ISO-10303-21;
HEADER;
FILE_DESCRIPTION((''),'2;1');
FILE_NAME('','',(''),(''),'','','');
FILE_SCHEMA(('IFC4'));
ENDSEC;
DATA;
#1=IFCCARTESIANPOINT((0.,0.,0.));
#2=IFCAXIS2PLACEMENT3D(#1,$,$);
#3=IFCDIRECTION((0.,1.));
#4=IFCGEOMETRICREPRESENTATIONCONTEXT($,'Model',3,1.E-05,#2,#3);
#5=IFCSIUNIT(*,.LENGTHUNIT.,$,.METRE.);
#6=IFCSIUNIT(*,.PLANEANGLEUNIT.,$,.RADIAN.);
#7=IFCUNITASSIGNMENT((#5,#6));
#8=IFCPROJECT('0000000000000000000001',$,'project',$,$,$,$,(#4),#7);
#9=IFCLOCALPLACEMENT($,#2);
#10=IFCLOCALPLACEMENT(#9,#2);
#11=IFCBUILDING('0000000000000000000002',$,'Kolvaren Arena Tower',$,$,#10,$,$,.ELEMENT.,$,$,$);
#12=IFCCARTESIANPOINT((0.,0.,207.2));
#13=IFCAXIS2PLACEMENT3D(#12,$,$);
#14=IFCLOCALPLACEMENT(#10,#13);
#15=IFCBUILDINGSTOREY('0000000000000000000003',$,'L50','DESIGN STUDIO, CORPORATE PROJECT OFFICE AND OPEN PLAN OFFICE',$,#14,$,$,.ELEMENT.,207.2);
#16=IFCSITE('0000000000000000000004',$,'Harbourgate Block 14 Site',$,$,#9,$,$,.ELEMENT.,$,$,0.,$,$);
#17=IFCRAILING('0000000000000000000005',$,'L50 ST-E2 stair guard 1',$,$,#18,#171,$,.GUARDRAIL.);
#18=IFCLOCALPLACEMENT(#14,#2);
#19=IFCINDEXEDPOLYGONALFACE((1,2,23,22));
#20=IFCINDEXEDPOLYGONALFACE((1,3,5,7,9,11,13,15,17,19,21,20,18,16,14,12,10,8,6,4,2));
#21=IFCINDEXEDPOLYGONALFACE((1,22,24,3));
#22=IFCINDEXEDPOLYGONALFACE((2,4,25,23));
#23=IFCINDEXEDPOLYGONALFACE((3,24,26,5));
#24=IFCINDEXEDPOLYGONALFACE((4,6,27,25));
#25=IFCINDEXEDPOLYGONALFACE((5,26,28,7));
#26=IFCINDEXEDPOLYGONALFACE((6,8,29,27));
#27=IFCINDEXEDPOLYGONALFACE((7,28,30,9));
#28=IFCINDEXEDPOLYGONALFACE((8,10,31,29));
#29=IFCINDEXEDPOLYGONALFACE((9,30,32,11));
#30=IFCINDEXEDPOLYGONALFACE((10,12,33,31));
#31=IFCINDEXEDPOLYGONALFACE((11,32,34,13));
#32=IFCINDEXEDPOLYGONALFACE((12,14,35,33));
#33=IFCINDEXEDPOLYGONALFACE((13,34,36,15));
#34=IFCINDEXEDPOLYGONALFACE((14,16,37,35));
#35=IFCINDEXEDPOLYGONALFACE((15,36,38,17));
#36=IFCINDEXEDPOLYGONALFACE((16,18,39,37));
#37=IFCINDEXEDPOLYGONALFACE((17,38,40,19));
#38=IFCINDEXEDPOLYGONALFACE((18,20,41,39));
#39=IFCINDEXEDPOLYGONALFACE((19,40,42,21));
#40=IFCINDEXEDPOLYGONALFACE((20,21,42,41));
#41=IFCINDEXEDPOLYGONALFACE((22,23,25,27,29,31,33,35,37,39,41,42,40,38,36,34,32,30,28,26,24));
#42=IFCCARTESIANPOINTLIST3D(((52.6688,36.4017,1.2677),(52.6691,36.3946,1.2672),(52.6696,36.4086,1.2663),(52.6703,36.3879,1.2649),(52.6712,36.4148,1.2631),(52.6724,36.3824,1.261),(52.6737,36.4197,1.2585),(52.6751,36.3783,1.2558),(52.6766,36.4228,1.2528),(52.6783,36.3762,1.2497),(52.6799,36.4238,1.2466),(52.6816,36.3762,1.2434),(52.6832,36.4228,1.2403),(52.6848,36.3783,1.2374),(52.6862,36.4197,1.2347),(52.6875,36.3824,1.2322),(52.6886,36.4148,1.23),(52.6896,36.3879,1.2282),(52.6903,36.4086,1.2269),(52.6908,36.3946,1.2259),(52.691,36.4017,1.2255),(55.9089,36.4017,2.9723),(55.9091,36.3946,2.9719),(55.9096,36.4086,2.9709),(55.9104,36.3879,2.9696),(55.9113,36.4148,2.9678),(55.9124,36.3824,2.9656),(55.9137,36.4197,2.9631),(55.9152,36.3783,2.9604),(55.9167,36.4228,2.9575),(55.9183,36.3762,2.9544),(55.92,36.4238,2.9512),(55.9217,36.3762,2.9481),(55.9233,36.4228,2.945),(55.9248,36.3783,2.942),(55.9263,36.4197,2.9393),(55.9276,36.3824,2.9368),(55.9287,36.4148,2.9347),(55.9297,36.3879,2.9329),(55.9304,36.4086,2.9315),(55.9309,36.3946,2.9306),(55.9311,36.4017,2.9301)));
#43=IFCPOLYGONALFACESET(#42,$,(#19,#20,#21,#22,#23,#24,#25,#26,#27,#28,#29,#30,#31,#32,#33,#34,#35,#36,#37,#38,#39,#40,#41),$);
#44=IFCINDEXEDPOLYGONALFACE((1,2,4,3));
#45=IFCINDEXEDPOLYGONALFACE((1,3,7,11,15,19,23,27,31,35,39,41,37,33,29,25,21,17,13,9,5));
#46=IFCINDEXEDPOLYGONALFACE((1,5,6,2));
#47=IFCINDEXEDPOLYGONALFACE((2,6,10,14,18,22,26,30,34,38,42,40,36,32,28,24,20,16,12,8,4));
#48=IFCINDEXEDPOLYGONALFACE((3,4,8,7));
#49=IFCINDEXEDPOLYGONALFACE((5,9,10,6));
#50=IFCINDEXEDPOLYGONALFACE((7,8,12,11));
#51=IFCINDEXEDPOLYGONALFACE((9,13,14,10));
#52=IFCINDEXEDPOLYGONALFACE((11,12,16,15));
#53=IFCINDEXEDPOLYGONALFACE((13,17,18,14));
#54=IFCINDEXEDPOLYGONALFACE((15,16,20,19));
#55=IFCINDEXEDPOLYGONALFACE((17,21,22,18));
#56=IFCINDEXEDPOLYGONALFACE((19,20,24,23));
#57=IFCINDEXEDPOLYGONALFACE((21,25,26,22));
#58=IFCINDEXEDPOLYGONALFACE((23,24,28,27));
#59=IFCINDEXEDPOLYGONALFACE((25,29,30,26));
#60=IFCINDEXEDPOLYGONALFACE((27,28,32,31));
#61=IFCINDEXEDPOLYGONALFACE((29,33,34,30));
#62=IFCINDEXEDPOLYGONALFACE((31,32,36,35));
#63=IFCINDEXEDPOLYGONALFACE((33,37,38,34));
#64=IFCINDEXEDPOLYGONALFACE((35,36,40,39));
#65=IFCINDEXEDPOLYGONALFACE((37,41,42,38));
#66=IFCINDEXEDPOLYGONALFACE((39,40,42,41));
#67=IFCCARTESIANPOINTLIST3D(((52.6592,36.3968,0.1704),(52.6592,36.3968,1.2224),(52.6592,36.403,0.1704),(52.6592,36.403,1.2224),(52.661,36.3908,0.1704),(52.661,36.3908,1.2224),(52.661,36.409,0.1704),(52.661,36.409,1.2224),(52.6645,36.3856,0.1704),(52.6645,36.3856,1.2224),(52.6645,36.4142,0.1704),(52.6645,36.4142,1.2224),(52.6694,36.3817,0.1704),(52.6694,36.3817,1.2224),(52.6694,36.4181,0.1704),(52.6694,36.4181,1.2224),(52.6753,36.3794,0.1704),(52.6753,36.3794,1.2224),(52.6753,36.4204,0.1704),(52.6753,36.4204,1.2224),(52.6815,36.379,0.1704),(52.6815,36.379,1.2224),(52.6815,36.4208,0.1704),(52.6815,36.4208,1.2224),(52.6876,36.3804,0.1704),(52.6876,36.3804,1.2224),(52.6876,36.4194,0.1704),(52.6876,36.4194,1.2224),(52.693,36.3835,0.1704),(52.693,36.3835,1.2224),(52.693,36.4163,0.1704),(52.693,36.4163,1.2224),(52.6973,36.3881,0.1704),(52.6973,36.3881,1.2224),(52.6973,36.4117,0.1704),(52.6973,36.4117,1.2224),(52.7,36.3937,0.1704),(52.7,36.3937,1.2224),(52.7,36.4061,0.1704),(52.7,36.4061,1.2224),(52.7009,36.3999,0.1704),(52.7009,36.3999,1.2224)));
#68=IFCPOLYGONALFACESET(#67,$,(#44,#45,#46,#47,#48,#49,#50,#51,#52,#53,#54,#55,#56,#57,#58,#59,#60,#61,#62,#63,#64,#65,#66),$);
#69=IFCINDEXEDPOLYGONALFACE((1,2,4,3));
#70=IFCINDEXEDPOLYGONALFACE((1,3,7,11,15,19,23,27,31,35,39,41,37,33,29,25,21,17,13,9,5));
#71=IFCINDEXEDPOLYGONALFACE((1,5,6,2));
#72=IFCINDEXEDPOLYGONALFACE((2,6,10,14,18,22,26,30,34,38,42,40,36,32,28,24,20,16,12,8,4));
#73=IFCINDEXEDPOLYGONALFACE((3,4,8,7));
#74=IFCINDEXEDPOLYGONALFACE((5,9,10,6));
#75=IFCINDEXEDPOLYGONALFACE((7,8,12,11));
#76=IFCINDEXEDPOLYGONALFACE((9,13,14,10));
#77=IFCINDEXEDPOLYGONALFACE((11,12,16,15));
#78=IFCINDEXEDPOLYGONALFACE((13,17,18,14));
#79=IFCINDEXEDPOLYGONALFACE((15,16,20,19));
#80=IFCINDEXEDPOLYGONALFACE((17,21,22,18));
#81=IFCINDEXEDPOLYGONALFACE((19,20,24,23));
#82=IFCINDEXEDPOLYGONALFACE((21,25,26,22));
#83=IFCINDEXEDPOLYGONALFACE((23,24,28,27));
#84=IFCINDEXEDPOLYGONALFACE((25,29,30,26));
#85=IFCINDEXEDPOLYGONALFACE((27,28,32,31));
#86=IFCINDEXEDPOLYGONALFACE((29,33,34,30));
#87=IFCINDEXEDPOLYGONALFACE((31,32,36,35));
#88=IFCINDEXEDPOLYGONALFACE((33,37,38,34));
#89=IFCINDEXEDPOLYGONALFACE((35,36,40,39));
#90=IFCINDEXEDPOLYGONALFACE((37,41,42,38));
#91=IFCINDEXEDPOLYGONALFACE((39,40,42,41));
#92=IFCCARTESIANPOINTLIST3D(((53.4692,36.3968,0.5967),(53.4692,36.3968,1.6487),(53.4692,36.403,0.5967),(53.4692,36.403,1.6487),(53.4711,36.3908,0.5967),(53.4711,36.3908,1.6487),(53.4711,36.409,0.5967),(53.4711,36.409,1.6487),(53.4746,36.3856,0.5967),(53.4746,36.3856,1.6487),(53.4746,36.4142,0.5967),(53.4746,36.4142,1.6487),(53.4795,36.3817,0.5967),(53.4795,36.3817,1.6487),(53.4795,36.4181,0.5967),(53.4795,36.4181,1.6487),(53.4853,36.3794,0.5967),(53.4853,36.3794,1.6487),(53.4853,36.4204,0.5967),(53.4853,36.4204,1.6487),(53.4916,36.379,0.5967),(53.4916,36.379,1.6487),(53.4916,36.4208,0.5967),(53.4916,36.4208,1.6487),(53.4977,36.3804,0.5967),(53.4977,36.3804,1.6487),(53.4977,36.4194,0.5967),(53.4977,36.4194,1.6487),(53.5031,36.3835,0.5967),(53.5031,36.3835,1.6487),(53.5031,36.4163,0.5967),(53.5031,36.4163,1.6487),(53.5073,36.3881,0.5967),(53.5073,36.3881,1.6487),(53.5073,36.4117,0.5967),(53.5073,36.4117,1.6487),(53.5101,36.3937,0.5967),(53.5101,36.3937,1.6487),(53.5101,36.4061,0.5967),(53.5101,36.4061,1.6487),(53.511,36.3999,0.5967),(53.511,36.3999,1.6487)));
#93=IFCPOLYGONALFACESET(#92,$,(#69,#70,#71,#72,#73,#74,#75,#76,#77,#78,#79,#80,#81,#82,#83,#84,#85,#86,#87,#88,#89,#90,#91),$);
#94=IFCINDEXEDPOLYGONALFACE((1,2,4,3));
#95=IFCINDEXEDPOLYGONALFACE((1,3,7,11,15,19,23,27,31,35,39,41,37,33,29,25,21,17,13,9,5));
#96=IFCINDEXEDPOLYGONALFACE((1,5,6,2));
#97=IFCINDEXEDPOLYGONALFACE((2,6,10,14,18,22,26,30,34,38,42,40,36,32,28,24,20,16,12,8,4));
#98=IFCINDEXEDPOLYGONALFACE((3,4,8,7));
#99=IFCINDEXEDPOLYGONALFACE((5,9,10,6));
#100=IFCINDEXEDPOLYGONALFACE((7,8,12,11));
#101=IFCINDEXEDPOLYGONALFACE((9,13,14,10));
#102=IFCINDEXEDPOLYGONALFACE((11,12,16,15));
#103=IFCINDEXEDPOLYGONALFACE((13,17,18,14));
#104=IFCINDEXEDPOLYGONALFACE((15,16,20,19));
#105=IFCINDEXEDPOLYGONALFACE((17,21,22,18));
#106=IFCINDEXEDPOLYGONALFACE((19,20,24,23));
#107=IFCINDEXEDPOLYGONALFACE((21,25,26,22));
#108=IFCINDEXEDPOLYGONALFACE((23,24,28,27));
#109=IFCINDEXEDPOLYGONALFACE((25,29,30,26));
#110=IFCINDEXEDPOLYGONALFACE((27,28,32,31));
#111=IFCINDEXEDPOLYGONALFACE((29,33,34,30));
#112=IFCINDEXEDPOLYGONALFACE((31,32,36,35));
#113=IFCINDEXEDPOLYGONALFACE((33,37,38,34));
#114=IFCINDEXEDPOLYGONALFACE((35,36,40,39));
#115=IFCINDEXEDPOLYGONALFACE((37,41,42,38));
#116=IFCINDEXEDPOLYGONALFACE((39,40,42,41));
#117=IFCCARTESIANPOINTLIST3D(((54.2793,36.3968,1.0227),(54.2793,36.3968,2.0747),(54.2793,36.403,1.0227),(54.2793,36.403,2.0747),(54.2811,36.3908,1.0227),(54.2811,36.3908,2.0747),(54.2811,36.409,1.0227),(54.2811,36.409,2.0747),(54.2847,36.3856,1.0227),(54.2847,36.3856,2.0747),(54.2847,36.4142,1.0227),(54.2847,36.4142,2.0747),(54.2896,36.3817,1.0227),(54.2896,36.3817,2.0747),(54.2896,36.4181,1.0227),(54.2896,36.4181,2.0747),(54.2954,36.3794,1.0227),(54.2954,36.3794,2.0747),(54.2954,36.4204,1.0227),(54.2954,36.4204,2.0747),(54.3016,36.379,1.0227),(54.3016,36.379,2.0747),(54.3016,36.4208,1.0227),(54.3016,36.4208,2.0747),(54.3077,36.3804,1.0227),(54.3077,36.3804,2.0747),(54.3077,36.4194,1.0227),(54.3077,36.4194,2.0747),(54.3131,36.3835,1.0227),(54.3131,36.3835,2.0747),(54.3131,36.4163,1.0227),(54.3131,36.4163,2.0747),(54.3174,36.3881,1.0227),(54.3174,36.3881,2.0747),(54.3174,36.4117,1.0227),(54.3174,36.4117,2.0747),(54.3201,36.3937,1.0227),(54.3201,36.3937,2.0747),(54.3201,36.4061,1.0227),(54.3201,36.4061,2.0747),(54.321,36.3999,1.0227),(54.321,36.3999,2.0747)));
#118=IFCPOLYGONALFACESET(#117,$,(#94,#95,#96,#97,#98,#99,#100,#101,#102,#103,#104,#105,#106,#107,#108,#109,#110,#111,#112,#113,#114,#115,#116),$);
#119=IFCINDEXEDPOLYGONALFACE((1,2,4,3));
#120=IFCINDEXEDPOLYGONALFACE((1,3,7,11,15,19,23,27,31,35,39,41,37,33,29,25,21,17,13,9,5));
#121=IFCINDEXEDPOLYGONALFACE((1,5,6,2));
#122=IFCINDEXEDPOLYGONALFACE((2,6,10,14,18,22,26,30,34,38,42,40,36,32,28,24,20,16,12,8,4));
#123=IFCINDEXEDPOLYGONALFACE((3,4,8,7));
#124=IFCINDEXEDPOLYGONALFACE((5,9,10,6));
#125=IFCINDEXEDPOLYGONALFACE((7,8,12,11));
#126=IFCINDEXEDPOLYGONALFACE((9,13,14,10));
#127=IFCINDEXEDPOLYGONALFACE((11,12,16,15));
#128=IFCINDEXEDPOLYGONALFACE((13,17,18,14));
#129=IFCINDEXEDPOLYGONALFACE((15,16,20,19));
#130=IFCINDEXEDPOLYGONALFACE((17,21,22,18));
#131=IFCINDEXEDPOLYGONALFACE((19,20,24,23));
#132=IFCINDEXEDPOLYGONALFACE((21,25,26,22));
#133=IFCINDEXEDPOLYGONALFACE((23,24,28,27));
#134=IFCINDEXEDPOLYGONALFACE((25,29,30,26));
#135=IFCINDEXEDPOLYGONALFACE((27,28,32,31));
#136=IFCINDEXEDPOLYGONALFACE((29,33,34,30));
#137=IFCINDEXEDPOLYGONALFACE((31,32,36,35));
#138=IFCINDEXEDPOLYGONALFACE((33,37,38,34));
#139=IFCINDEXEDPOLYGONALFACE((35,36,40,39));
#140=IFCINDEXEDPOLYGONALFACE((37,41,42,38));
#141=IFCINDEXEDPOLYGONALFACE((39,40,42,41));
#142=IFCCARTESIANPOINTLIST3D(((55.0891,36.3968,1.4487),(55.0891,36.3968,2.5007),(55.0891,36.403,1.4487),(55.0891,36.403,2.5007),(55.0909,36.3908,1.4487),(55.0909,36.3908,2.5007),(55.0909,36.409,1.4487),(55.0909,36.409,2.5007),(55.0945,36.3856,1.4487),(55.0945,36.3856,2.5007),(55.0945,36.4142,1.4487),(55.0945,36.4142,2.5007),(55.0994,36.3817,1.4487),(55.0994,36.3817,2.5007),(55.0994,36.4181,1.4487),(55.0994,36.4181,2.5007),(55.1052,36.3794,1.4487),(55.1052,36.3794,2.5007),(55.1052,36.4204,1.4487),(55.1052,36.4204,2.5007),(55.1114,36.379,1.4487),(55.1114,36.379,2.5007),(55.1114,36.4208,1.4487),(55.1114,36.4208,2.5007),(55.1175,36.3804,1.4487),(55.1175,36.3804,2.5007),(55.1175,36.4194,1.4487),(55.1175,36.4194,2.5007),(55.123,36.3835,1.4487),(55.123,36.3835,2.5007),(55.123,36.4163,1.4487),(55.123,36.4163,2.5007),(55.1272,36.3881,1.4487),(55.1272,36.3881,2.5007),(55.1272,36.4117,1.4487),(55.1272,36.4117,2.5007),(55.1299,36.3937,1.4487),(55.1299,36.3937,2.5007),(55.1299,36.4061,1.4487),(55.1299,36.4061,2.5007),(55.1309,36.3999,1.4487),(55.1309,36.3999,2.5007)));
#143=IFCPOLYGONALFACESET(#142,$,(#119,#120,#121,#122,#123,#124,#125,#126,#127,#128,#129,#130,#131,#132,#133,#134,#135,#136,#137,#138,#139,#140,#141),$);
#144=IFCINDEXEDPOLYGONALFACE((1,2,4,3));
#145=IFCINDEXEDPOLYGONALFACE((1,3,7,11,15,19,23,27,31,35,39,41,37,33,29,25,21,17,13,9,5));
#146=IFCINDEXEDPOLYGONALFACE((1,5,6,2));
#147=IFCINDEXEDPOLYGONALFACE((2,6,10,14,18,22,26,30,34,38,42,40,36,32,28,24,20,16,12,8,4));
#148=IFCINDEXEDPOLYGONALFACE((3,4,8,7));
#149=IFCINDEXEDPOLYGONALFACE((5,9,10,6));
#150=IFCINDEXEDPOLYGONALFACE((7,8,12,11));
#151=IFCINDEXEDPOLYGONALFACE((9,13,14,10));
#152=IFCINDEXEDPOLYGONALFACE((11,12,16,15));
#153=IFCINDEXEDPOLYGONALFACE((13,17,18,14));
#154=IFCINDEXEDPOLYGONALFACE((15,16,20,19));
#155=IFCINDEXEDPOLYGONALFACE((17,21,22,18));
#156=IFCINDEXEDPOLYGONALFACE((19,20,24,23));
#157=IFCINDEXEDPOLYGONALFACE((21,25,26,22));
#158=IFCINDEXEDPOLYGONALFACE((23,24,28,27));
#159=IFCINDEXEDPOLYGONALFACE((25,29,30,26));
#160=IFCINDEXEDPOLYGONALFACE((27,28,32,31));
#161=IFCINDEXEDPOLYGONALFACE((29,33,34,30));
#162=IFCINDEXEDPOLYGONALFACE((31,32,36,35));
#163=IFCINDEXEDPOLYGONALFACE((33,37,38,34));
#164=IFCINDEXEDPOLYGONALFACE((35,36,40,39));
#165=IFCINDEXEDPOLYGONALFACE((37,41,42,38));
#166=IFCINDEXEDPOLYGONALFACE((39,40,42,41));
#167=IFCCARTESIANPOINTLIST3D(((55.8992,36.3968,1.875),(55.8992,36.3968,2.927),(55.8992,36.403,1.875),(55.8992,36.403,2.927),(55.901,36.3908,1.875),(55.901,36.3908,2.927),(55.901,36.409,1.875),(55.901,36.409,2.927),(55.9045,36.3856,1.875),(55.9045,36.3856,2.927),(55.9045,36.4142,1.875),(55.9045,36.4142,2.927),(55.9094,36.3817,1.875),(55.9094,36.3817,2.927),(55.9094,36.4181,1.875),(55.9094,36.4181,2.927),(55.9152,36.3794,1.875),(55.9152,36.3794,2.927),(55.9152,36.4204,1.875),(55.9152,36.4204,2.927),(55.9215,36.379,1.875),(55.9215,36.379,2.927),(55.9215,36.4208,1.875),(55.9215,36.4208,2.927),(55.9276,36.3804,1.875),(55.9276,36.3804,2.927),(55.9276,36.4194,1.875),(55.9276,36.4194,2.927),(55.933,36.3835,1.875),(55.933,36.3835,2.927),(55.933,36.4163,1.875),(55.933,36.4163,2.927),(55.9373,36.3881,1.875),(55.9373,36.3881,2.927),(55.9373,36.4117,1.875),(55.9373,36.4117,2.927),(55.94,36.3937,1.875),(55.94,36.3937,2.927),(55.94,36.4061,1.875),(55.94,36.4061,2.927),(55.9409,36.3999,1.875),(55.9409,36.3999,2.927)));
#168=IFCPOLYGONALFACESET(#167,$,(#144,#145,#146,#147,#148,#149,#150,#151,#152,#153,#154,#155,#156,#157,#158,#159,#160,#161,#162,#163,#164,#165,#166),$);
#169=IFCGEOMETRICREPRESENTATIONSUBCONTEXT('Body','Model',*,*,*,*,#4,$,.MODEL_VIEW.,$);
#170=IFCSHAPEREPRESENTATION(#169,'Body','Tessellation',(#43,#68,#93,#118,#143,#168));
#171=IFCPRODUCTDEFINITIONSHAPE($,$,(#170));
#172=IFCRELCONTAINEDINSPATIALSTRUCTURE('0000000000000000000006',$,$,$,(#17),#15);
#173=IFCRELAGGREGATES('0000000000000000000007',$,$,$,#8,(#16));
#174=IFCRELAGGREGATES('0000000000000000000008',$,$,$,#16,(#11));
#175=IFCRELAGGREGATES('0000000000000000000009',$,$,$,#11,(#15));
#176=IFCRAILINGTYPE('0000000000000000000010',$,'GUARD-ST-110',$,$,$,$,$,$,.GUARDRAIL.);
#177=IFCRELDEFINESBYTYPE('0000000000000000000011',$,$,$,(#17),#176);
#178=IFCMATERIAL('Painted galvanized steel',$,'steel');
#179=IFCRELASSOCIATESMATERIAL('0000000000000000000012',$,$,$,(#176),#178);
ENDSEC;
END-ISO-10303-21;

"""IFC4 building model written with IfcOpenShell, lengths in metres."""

from ifc_helpers import new_model, si_unit, direction, frame, origin, origin_2d, place, context, subcontext, project, spatial, circle, extrude, material, type_object, element, save


model = new_model("IFC4")

# Units and contexts
model_context = context("Model", 3, precision=1e-05, world=origin(), true_north=direction((0.0, 1.0)))
body_context = subcontext(model_context, "Body", "Model", "MODEL_VIEW")
ifc_project = project(units=[si_unit("LENGTHUNIT", "METRE"), si_unit("PLANEANGLEUNIT", "RADIAN")], contexts=[model_context])

# Site, building, storey
site_placement = place(None, origin())
site = spatial("IfcSite", under=ifc_project, at=site_placement, Name="Harbourgate Block 14 Site", CompositionType="ELEMENT", RefElevation=0.0)
building_placement = place(site_placement, origin())
building = spatial("IfcBuilding", under=site, at=building_placement, Name="Kolvaren Arena Tower", CompositionType="ELEMENT")
storey_placement = place(building_placement, frame((0.0, 0.0, 207.2)))
storey = spatial("IfcBuildingStorey", under=building, at=storey_placement, Name="L50", Description="DESIGN STUDIO, CORPORATE PROJECT OFFICE AND OPEN PLAN OFFICE", CompositionType="ELEMENT", Elevation=207.2)

# Railing
ifc_material_1 = material(Name="Painted galvanized steel", Category="steel")
railing_type_1 = type_object("IfcRailingType", Name="GUARD-ST-110", PredefinedType="GUARDRAIL", material=ifc_material_1)
railing_1_placement = place(storey_placement, frame((52.6799, 36.3999, 0.1704)))
element("IfcRailing", 1, at=railing_1_placement, inside=storey, type_object=railing_type_1, Name="L50 ST-E2 stair guard 1", PredefinedType="GUARDRAIL", context=body_context, shape_type="SweptSolid", body=[
    extrude(circle(Radius=0.0239, at=origin_2d()), frame((0.0, 0.0, 1.0762), z_axis=(0.884993, 0.0, 0.465604), x_axis=(0.0, 1.0, 0.0)), (0.0, 0.0, 1.0), 3.6611),
    extrude(circle(Radius=0.021, at=origin_2d()), origin(), (0.0, 0.0, 1.0), 1.052),
    extrude(circle(Radius=0.021, at=origin_2d()), frame((0.8101, 0.0, 0.4263)), (0.0, 0.0, 1.0), 1.052),
    extrude(circle(Radius=0.021, at=origin_2d()), frame((1.6201, 0.0, 0.8523)), (0.0, 0.0, 1.0), 1.052),
    extrude(circle(Radius=0.021, at=origin_2d()), frame((2.4299, 0.0, 1.2783)), (0.0, 0.0, 1.0), 1.052),
    extrude(circle(Radius=0.021, at=origin_2d()), frame((3.24, 0.0, 1.7046)), (0.0, 0.0, 1.0), 1.052),
])

save(model, "model.ifc")
